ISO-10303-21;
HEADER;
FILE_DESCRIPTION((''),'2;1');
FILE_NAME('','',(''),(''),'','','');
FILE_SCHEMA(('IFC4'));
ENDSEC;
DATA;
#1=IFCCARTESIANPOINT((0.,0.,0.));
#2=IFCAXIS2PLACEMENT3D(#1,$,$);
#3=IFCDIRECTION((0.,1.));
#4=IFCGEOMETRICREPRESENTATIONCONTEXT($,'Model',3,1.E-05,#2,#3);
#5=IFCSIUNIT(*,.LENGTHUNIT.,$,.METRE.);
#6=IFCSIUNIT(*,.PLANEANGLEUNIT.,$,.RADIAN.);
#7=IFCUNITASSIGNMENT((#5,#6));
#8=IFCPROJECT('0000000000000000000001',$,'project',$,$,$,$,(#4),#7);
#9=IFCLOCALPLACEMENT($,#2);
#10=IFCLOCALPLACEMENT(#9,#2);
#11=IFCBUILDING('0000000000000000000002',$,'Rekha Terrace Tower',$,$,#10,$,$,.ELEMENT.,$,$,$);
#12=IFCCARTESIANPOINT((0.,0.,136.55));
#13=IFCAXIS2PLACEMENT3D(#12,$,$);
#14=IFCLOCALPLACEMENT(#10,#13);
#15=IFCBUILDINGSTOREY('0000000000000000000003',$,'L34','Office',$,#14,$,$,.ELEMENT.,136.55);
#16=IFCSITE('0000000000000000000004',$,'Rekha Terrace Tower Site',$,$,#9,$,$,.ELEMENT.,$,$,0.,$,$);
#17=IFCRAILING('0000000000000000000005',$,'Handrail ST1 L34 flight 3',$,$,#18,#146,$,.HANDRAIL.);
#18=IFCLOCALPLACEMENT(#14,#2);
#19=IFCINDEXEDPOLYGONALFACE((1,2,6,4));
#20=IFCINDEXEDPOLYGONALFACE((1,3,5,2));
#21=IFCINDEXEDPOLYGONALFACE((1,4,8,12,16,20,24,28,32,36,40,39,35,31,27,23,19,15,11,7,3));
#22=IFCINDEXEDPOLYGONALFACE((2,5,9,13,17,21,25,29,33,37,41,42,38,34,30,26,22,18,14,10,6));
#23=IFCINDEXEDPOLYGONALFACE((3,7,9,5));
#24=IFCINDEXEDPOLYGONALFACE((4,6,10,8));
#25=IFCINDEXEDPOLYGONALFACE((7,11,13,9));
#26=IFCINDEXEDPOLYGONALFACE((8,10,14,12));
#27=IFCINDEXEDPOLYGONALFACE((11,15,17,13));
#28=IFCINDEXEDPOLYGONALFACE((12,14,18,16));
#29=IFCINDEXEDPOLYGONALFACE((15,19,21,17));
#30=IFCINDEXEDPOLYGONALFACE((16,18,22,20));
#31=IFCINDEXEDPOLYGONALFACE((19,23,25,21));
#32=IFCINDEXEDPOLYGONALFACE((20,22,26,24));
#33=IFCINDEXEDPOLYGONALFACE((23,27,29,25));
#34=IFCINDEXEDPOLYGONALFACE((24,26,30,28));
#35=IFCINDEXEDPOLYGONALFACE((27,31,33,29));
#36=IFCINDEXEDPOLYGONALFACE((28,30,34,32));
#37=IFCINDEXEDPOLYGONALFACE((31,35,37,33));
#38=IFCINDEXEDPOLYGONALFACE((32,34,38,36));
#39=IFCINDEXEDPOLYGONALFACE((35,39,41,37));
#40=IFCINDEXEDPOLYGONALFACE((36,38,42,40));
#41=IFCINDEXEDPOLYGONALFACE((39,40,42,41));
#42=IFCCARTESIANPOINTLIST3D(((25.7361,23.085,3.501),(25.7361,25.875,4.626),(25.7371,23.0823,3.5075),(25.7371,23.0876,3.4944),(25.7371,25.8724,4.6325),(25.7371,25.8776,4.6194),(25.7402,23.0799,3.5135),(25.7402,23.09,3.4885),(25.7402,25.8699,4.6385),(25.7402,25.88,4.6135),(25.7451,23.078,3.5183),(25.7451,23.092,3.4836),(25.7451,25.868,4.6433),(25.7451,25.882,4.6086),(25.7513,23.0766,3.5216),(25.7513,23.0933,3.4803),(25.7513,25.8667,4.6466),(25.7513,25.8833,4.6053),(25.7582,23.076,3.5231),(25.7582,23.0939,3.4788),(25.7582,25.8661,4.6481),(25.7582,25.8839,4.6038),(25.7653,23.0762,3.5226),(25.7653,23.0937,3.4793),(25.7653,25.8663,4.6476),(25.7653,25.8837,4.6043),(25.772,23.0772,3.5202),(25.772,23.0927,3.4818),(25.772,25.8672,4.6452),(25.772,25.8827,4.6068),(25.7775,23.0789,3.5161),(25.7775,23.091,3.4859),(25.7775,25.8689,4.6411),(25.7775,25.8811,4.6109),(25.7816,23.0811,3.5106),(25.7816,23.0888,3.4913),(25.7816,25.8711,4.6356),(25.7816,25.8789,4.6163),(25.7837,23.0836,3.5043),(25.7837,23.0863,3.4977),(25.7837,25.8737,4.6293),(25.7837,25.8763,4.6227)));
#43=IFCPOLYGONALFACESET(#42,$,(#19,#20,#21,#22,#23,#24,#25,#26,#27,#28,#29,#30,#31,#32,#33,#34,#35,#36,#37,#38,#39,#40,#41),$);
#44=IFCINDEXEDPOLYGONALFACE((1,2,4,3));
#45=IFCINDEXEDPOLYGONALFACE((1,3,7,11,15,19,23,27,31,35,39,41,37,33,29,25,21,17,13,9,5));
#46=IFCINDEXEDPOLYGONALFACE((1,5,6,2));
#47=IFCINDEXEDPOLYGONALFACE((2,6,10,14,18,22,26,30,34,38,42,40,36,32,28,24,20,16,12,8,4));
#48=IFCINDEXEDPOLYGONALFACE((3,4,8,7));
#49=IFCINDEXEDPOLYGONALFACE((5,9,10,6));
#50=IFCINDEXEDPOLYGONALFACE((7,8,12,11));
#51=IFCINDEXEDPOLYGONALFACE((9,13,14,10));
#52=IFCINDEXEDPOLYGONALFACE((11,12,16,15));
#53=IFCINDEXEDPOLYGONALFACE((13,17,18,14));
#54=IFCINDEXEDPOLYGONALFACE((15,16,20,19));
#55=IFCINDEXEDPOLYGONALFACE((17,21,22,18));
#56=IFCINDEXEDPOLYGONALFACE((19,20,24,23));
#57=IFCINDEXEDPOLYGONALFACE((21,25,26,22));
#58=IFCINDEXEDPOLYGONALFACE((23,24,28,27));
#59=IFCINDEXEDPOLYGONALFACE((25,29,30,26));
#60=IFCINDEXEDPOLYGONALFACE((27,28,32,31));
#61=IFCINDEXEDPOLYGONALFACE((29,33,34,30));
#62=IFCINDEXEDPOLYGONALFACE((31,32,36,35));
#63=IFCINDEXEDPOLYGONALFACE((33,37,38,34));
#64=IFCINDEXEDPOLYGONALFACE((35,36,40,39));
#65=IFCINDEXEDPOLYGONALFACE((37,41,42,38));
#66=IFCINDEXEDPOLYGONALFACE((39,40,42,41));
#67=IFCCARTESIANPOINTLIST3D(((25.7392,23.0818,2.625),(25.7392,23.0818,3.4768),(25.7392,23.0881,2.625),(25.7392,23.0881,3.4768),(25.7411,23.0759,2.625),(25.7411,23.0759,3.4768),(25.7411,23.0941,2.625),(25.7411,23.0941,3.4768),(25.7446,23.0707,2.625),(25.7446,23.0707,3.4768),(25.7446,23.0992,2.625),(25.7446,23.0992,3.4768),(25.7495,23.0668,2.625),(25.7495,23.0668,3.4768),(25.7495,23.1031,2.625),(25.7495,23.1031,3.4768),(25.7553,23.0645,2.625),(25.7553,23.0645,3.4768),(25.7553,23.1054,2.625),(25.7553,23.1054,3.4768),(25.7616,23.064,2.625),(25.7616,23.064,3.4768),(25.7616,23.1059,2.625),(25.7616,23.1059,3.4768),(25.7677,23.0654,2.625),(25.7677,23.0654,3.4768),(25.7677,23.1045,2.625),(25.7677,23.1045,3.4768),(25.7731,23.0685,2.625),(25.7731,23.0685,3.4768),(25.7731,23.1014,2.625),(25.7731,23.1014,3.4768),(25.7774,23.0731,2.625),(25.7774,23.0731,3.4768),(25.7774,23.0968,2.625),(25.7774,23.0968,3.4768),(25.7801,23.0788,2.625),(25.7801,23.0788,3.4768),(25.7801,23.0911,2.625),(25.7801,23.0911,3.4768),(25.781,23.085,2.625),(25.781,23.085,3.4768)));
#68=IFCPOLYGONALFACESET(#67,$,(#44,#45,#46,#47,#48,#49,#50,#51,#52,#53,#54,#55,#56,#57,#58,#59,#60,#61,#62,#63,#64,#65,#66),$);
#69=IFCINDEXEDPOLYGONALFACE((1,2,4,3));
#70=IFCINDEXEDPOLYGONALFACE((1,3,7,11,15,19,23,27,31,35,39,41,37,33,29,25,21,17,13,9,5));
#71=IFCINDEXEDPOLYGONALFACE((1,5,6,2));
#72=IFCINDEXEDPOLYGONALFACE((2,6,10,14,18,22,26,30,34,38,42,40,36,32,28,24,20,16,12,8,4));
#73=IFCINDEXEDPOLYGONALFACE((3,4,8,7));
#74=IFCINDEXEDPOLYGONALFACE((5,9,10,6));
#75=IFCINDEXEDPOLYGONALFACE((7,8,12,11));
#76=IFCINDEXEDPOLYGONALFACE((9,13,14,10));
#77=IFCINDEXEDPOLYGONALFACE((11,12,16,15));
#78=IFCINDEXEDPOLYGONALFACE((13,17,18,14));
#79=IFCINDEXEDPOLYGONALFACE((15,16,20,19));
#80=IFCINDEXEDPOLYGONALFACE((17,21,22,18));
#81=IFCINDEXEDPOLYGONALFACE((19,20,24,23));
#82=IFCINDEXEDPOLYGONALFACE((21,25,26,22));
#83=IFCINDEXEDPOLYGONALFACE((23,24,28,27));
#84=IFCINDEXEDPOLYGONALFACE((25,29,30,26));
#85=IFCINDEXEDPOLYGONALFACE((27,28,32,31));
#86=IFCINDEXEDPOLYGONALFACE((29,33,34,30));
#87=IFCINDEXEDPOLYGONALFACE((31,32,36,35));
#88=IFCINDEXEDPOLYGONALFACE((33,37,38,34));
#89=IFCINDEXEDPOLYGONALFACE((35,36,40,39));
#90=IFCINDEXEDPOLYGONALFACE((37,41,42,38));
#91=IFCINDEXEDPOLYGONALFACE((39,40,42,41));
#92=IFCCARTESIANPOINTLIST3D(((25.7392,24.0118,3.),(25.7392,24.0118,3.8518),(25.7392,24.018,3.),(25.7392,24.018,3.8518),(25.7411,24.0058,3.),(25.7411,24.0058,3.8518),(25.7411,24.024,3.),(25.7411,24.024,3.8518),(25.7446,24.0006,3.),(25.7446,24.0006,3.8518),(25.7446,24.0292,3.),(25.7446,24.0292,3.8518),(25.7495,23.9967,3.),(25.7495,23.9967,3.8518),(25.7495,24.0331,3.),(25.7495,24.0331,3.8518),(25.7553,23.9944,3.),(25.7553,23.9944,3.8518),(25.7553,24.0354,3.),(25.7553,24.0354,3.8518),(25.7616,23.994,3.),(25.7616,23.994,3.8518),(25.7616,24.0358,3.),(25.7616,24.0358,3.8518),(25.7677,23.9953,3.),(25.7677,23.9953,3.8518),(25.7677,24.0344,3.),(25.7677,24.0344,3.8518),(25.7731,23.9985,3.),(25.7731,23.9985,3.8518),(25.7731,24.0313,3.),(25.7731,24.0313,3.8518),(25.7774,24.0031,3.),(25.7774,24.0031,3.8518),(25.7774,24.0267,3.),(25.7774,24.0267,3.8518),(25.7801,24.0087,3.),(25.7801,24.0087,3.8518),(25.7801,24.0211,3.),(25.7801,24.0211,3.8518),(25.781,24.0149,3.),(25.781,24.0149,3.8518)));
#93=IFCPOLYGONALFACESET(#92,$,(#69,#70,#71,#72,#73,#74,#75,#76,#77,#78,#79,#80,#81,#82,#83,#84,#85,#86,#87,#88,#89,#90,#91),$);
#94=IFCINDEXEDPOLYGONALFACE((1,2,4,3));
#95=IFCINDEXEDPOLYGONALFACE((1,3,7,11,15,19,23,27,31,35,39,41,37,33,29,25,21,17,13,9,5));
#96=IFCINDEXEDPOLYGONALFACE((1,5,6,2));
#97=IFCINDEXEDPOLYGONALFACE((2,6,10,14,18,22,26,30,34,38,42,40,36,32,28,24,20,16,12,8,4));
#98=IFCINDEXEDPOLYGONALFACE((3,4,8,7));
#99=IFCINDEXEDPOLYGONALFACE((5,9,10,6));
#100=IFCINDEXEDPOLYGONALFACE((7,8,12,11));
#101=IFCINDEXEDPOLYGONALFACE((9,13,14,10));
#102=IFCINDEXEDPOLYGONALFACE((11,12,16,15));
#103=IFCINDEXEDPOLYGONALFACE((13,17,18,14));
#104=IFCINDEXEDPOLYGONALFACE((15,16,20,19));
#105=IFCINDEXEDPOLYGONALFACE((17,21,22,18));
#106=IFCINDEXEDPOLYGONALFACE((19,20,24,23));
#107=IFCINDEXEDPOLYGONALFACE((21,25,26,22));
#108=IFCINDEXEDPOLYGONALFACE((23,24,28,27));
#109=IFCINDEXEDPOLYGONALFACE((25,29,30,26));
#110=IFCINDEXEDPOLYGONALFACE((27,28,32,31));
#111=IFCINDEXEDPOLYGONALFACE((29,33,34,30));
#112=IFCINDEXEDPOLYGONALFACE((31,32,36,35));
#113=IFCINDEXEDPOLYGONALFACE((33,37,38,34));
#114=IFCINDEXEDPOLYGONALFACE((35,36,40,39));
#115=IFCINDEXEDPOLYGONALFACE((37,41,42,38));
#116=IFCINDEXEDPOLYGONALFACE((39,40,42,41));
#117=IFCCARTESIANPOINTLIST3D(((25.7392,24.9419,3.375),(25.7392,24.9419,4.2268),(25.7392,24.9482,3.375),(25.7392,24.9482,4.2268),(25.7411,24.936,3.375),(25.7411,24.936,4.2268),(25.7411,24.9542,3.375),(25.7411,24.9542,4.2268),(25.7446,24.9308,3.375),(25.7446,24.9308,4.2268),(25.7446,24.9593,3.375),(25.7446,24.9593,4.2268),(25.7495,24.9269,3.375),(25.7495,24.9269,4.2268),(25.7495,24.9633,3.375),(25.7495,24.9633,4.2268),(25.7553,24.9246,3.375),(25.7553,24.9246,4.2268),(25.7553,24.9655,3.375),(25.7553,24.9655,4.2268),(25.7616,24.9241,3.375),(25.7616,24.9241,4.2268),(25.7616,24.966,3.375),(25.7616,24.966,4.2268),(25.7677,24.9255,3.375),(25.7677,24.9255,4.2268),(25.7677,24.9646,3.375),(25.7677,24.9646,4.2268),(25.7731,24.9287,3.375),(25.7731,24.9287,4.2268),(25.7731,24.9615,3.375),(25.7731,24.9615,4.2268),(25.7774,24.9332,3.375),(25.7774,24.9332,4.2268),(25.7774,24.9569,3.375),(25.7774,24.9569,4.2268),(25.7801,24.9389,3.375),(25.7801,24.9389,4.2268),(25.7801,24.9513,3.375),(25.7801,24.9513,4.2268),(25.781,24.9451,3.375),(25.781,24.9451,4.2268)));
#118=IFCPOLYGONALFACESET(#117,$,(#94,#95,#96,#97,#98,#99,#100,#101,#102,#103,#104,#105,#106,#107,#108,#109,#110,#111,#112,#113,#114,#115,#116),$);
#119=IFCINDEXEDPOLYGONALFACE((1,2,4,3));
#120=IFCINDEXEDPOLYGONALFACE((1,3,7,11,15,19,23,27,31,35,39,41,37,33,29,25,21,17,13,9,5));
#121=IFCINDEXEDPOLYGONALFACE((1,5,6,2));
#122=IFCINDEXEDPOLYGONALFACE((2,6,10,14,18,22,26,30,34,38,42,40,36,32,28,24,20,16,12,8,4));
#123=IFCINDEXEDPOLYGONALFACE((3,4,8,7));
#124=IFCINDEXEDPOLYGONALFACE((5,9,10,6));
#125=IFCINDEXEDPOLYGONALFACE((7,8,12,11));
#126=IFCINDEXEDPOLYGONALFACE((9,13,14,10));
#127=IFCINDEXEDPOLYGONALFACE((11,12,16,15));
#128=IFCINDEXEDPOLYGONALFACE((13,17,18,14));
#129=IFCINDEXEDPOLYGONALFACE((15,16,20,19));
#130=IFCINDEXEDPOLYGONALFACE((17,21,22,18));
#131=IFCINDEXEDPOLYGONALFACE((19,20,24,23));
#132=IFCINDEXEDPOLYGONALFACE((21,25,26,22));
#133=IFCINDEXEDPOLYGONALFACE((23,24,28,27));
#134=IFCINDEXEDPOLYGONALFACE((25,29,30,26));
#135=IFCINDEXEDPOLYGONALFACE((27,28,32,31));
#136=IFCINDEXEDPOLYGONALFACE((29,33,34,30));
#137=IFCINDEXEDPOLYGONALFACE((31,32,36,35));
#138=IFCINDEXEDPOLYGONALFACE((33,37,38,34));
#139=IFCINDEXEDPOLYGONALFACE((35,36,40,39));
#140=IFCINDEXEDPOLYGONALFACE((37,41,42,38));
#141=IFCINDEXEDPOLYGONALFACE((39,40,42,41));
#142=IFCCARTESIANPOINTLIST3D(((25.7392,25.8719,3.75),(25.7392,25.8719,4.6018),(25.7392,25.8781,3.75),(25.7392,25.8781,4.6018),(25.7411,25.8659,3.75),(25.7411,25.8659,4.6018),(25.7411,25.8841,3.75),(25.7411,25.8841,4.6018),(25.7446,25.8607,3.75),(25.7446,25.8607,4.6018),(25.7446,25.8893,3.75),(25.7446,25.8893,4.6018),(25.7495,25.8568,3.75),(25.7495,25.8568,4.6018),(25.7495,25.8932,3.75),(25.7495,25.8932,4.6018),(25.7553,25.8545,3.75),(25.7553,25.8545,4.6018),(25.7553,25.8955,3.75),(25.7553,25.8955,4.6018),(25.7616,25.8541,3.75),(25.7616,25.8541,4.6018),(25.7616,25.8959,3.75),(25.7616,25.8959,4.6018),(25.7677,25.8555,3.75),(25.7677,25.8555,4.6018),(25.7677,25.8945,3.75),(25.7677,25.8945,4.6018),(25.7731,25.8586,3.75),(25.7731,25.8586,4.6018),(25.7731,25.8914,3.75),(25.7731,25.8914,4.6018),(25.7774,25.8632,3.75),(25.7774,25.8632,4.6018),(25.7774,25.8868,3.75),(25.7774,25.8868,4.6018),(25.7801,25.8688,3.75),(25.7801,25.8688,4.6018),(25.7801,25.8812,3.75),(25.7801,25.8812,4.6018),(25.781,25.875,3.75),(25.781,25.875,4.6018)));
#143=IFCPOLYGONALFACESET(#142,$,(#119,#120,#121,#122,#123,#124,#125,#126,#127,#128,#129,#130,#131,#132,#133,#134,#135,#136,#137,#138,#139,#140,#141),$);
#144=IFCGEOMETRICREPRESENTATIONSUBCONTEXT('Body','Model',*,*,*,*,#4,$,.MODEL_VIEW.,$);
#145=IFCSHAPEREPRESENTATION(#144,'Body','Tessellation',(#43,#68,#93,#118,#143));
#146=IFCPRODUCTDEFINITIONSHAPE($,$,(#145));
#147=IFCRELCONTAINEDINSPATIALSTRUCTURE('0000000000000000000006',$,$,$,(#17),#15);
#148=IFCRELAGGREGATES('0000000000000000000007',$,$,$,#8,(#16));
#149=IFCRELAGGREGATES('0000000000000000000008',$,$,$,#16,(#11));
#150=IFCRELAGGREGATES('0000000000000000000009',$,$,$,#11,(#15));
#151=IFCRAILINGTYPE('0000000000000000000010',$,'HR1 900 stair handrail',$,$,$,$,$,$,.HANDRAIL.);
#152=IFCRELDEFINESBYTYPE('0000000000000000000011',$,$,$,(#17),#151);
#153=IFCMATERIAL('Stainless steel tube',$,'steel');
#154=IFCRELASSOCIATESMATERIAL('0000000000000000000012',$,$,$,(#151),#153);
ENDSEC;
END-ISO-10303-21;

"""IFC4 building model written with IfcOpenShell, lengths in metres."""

from ifc_helpers import new_model, si_unit, direction, frame, origin, origin_2d, place, context, subcontext, project, spatial, circle, extrude, material, type_object, element, save


model = new_model("IFC4")

# Units and contexts
model_context = context("Model", 3, precision=1e-05, world=origin(), true_north=direction((0.0, 1.0)))
body_context = subcontext(model_context, "Body", "Model", "MODEL_VIEW")
ifc_project = project(units=[si_unit("LENGTHUNIT", "METRE"), si_unit("PLANEANGLEUNIT", "RADIAN")], contexts=[model_context])

# Site, building, storey
site_placement = place(None, origin())
site = spatial("IfcSite", under=ifc_project, at=site_placement, Name="Rekha Terrace Tower Site", CompositionType="ELEMENT", RefElevation=0.0)
building_placement = place(site_placement, origin())
building = spatial("IfcBuilding", under=site, at=building_placement, Name="Rekha Terrace Tower", CompositionType="ELEMENT")
storey_placement = place(building_placement, frame((0.0, 0.0, 136.55)))
storey = spatial("IfcBuildingStorey", under=building, at=storey_placement, Name="L34", Description="Office", CompositionType="ELEMENT", Elevation=136.55)

# Railing
ifc_material_1 = material(Name="Stainless steel tube", Category="steel")
railing_type_1 = type_object("IfcRailingType", Name="HR1 900 stair handrail", PredefinedType="HANDRAIL", material=ifc_material_1)
railing_1_placement = place(storey_placement, frame((25.76, 23.085, 2.625)))
element("IfcRailing", 1, at=railing_1_placement, inside=storey, type_object=railing_type_1, Name="Handrail ST1 L34 flight 3", PredefinedType="HANDRAIL", context=body_context, shape_type="SweptSolid", body=[
    extrude(circle(Radius=0.0239, at=origin_2d()), frame((0.0, 0.0, 0.876), z_axis=(0.0, 0.927443, 0.373964), x_axis=(-1.0, 0.0, 0.0)), (0.0, 0.0, 1.0), 3.0083),
    extrude(circle(Radius=0.021, at=origin_2d()), origin(), (0.0, 0.0, 1.0), 0.8518),
    extrude(circle(Radius=0.021, at=origin_2d()), frame((0.0, 0.9299, 0.375)), (0.0, 0.0, 1.0), 0.8518),
    extrude(circle(Radius=0.021, at=origin_2d()), frame((0.0, 1.8601, 0.75)), (0.0, 0.0, 1.0), 0.8518),
    extrude(circle(Radius=0.021, at=origin_2d()), frame((0.0, 2.79, 1.125)), (0.0, 0.0, 1.0), 0.8518),
])

save(model, "model.ifc")
